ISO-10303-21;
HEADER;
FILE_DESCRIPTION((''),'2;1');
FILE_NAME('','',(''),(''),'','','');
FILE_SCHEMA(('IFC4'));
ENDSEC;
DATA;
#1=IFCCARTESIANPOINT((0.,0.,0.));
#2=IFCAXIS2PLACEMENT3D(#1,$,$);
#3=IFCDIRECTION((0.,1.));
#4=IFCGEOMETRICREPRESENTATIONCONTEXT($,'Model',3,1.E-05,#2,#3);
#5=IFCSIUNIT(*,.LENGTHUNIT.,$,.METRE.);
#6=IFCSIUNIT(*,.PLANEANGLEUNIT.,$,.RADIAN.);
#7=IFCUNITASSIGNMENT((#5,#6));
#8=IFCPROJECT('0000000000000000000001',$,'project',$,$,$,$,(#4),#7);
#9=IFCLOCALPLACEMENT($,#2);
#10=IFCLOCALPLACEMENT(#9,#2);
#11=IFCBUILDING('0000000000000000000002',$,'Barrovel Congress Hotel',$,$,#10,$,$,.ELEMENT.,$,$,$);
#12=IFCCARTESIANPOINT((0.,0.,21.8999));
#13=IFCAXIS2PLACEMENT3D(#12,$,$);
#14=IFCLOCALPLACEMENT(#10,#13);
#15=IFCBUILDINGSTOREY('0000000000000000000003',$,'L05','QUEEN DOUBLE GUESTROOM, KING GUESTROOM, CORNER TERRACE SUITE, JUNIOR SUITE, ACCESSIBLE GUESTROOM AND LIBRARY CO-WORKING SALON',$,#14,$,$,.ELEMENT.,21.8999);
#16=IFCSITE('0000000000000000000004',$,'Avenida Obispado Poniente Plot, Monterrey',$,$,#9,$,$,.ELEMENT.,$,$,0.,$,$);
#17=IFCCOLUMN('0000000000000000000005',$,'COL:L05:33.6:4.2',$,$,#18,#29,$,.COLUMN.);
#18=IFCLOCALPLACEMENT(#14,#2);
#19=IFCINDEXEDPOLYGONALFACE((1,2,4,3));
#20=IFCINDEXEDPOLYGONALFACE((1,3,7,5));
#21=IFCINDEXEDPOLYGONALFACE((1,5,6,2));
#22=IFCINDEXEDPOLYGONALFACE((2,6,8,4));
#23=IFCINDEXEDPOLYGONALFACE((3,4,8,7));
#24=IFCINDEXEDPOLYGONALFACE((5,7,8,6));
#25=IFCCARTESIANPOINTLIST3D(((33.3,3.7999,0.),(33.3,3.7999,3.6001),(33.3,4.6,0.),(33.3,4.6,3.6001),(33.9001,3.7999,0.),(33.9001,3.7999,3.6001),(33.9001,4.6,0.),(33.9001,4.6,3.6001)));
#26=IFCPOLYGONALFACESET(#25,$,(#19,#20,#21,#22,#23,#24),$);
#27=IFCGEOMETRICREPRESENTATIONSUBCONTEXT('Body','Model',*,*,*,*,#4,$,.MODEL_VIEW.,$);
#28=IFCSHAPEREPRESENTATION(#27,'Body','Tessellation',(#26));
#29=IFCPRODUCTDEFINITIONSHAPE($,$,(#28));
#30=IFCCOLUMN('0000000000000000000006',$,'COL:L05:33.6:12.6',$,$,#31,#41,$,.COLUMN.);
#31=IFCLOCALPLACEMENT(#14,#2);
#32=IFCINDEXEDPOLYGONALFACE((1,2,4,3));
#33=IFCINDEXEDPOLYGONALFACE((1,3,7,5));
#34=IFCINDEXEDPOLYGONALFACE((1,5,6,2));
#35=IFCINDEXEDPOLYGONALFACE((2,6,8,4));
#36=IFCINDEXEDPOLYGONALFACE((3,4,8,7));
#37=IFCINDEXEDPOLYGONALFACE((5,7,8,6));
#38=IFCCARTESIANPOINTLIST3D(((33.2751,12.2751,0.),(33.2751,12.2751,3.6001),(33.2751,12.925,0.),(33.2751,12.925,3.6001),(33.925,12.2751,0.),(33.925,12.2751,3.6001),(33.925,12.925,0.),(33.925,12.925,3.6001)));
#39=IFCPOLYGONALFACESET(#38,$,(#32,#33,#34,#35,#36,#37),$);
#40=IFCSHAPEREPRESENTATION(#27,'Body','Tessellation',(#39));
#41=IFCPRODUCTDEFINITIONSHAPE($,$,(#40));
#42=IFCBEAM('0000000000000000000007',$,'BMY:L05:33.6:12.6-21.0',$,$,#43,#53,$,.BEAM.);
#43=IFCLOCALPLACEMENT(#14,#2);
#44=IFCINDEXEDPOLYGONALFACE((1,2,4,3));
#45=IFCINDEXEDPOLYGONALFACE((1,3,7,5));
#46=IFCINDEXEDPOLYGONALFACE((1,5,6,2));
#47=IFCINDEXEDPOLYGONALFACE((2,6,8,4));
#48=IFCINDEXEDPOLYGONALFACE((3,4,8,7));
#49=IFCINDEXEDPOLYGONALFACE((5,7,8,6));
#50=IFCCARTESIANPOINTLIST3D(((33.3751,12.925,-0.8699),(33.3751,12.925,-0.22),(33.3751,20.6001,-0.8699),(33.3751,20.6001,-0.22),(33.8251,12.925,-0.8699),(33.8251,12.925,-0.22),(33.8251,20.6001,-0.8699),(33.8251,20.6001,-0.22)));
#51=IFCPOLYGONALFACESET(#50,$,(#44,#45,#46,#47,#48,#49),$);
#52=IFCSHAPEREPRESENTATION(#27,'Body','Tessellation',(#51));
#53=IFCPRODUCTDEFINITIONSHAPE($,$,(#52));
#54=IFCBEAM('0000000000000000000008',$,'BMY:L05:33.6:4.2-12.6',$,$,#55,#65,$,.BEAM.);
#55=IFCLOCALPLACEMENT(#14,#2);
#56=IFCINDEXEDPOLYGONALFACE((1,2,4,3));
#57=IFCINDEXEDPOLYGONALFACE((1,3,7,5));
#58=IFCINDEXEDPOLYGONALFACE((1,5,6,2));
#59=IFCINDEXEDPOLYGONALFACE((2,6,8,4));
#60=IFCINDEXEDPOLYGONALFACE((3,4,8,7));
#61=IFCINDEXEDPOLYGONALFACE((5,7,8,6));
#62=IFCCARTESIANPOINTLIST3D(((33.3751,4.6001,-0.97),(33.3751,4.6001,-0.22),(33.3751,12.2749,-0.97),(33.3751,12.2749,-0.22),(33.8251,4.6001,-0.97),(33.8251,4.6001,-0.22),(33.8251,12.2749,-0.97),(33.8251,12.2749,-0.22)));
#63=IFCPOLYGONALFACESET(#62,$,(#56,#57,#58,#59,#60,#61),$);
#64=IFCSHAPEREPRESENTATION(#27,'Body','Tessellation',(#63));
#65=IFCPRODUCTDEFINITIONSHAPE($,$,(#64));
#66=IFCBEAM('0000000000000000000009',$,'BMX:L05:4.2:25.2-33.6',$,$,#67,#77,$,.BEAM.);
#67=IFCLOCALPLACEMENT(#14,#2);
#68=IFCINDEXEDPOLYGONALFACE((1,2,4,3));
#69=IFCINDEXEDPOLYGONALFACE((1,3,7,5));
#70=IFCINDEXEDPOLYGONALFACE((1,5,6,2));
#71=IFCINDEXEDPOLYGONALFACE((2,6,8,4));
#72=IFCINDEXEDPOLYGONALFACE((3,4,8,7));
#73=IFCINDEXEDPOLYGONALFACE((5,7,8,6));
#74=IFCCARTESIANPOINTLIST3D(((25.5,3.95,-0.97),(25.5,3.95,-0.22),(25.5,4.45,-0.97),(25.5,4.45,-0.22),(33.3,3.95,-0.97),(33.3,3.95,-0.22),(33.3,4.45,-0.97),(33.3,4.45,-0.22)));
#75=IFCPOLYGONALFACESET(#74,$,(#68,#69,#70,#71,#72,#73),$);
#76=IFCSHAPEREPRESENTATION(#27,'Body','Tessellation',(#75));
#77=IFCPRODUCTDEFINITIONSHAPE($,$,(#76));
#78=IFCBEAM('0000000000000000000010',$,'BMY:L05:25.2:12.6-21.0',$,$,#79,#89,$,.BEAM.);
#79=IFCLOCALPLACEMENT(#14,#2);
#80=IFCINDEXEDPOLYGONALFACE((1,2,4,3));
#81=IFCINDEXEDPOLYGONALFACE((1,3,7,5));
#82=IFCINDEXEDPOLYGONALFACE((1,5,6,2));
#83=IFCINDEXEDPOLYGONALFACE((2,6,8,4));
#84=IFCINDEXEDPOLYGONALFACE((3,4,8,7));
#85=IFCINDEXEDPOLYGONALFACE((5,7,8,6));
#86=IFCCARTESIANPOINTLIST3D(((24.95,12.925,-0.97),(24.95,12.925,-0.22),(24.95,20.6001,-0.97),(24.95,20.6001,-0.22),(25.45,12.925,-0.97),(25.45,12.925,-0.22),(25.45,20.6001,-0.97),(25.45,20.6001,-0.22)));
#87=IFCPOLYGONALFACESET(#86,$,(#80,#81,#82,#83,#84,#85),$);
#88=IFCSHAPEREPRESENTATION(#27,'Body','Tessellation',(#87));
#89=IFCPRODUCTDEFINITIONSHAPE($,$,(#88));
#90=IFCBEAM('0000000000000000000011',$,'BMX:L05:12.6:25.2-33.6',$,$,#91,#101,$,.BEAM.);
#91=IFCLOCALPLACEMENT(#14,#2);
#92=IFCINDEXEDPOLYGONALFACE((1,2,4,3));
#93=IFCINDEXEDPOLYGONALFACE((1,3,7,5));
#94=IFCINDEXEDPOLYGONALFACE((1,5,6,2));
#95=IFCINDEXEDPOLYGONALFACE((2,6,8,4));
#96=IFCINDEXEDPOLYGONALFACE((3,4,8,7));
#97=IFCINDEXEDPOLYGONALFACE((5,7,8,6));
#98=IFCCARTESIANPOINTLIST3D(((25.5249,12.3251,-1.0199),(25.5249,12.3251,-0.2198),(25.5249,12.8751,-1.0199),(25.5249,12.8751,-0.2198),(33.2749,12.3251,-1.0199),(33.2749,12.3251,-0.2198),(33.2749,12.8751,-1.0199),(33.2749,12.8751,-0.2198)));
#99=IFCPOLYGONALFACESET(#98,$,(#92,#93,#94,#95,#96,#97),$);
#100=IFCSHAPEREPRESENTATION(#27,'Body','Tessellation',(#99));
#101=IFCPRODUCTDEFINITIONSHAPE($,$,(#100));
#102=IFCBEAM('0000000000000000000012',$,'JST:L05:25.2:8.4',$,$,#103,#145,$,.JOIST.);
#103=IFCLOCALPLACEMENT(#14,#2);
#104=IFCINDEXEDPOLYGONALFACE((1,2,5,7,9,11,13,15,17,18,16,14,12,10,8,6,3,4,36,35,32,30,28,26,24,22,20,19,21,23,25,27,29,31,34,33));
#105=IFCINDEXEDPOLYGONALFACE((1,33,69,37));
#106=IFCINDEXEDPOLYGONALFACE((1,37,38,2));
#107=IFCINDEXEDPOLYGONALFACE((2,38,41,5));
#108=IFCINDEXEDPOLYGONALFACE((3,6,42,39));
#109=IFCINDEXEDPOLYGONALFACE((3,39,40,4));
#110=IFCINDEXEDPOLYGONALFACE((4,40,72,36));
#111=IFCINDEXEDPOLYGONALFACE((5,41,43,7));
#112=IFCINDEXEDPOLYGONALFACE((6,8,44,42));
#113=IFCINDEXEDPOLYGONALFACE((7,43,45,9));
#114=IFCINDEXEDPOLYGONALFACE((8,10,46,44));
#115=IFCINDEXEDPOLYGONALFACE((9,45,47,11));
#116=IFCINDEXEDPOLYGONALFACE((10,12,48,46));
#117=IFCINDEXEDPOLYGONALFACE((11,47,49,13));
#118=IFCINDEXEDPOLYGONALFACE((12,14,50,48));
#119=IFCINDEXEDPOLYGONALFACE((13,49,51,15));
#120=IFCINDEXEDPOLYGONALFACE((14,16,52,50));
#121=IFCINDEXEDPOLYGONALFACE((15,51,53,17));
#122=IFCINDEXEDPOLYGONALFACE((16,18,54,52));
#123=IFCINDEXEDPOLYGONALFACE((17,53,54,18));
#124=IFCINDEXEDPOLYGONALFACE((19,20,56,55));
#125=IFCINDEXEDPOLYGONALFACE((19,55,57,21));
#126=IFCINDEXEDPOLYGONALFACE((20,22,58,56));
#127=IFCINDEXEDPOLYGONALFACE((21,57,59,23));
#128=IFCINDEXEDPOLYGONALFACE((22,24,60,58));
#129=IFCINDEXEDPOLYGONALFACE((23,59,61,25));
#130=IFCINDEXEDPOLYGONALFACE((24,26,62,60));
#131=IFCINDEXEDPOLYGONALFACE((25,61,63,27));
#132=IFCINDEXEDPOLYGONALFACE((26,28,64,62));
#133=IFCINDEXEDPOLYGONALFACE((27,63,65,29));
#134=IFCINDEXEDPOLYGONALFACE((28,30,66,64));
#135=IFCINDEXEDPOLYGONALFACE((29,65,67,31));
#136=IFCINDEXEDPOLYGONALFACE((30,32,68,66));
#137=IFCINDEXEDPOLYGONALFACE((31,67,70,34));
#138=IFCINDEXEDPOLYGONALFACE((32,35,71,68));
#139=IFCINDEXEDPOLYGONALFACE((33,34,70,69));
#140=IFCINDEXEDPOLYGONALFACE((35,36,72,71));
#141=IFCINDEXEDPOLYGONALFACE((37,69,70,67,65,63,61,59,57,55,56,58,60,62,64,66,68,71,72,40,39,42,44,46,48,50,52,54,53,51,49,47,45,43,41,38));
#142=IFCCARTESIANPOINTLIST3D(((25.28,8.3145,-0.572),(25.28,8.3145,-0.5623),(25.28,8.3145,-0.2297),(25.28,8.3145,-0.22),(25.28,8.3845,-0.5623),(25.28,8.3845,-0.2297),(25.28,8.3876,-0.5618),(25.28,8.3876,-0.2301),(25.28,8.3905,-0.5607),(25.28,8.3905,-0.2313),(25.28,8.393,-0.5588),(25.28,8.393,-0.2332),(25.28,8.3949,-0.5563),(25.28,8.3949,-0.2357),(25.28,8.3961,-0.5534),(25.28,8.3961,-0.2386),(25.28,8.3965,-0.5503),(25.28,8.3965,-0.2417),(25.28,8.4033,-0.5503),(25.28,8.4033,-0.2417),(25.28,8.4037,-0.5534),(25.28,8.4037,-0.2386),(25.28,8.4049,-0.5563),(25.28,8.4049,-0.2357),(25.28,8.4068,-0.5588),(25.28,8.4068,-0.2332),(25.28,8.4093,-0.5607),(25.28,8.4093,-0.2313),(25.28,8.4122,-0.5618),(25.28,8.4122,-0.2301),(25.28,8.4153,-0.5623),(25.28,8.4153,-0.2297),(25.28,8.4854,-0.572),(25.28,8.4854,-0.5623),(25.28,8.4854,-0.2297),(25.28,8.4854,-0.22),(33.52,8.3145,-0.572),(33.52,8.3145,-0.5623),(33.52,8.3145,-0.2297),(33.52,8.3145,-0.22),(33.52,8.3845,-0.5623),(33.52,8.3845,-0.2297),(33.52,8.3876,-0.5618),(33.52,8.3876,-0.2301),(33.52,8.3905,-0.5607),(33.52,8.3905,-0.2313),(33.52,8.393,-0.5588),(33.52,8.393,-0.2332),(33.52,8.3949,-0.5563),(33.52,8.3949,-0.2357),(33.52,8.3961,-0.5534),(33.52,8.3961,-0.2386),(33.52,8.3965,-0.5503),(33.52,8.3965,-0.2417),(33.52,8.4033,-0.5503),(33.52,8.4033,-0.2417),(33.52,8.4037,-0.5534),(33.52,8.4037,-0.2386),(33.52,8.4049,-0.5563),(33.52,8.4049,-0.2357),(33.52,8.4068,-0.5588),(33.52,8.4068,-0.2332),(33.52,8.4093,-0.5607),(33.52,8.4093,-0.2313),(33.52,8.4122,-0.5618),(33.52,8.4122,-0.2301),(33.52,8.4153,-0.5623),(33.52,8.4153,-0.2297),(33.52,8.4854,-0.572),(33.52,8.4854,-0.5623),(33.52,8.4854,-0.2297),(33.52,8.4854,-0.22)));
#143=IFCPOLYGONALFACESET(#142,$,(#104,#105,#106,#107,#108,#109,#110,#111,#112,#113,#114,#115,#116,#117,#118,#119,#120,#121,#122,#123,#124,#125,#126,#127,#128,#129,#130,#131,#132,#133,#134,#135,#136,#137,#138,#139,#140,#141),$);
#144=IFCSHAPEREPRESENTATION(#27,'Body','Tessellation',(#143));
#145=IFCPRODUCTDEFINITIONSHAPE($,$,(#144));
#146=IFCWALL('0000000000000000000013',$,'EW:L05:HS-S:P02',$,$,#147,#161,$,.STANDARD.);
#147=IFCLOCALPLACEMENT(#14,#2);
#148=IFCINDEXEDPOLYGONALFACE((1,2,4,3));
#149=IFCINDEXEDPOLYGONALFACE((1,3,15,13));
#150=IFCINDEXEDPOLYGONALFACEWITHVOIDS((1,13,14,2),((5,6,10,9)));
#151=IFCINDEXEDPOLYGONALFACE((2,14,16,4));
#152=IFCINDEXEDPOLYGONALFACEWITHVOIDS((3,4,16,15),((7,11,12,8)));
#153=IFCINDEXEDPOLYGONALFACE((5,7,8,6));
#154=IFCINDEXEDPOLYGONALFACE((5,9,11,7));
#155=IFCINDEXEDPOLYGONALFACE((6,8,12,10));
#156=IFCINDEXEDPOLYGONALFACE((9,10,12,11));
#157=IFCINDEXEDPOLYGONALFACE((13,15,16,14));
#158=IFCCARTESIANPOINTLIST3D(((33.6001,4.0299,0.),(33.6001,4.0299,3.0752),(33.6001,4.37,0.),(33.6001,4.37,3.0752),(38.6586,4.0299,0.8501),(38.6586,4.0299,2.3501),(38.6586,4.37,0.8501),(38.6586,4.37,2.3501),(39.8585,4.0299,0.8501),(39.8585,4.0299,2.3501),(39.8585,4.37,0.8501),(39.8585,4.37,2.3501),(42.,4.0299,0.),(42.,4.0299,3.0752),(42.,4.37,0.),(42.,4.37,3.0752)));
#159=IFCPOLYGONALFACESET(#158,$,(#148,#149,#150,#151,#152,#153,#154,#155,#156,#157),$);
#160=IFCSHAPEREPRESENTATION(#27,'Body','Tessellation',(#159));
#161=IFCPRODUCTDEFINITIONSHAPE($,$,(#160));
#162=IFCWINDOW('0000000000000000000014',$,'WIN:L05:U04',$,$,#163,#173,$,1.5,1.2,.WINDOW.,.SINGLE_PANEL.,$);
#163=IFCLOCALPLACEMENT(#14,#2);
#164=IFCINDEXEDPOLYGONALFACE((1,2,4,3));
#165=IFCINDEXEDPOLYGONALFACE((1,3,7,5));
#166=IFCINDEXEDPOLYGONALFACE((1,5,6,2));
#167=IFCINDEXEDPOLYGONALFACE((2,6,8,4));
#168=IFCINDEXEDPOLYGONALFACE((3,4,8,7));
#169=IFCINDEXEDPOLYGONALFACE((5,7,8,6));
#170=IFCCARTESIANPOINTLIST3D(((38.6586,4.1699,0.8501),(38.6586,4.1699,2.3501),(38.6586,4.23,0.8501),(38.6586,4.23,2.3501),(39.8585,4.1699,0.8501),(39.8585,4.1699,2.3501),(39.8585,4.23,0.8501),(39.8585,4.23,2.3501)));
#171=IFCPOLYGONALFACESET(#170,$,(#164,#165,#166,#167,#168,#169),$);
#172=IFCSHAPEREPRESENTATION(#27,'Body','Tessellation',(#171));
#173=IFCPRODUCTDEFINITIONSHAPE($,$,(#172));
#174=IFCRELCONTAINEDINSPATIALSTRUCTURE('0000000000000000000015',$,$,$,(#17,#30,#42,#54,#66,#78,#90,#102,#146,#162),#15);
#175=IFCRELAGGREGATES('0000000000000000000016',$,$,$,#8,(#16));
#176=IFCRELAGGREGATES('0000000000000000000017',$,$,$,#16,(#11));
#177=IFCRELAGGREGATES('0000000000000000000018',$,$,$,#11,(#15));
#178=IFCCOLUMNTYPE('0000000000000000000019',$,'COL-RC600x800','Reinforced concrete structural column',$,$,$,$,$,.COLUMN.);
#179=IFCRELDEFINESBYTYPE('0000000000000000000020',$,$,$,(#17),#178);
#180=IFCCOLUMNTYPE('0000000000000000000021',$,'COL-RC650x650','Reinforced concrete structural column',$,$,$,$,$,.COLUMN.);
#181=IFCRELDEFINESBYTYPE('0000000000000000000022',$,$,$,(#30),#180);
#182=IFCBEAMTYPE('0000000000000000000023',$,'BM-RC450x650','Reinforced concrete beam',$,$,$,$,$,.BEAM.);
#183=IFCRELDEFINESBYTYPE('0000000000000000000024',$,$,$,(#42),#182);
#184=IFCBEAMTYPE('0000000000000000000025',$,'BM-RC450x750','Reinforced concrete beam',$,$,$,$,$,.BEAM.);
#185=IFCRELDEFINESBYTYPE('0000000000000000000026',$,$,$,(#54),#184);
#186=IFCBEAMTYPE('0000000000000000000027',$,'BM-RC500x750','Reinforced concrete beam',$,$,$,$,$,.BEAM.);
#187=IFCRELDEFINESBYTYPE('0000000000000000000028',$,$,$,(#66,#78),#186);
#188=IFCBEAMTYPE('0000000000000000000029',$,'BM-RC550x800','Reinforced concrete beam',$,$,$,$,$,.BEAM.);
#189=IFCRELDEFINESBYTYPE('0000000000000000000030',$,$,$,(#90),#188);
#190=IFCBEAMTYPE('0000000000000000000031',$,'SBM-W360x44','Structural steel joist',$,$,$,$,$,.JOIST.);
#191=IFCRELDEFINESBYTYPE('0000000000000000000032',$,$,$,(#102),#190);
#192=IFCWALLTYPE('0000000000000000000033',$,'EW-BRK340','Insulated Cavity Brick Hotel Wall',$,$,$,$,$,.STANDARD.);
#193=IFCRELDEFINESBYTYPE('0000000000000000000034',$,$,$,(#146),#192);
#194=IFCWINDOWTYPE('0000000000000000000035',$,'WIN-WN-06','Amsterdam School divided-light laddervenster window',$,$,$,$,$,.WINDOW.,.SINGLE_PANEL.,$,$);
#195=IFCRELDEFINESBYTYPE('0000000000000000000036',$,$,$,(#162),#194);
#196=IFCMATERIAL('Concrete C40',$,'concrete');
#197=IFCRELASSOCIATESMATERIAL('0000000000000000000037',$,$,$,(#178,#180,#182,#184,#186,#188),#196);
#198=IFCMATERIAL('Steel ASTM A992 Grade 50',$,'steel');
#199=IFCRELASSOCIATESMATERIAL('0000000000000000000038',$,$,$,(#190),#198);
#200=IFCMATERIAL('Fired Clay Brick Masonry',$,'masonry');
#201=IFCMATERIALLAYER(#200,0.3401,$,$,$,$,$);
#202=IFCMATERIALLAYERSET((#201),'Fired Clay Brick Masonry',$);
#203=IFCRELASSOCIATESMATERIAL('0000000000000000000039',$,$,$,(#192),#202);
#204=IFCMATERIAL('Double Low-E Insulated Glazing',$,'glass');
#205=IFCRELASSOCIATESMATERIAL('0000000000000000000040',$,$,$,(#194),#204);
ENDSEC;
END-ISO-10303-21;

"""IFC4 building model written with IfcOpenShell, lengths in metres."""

from ifc_helpers import new_model, si_unit, direction, frame, frame_2d, origin, origin_2d, place, context, subcontext, project, spatial, rectangle, i_section, extrude, material, layer, layer_set, material_profile, profile_set, type_object, element, fill, save


model = new_model("IFC4")

# Units and contexts
model_context = context("Model", 3, precision=1e-05, world=origin(), true_north=direction((0.0, 1.0)))
body_context = subcontext(model_context, "Body", "Model", "MODEL_VIEW")
ifc_project = project(units=[si_unit("LENGTHUNIT", "METRE"), si_unit("PLANEANGLEUNIT", "RADIAN")], contexts=[model_context])

# Site, building, storey
site_placement = place(None, origin())
site = spatial("IfcSite", under=ifc_project, at=site_placement, Name="Avenida Obispado Poniente Plot, Monterrey", CompositionType="ELEMENT", RefElevation=0.0)
building_placement = place(site_placement, origin())
building = spatial("IfcBuilding", under=site, at=building_placement, Name="Barrovel Congress Hotel", CompositionType="ELEMENT")
storey_placement = place(building_placement, frame((0.0, 0.0, 21.8999)))
storey = spatial("IfcBuildingStorey", under=building, at=storey_placement, Name="L05", Description="QUEEN DOUBLE GUESTROOM, KING GUESTROOM, CORNER TERRACE SUITE, JUNIOR SUITE, ACCESSIBLE GUESTROOM AND LIBRARY CO-WORKING SALON", CompositionType="ELEMENT", Elevation=21.8999)

# Columns
ifc_material_1 = material(Name="Concrete C40", Category="concrete")
ifc_material_profile_1 = material_profile(ifc_material_1, rectangle(XDim=0.6001, YDim=0.8, at=origin_2d()), Name="RC600x800")
ifc_profile_set_1 = profile_set([ifc_material_profile_1], Name="Concrete C40")
column_type_1 = type_object("IfcColumnType", Name="COL-RC600x800", Description="Reinforced concrete structural column", PredefinedType="COLUMN", material=ifc_profile_set_1)
column_1_placement = place(storey_placement, frame((33.6001, 4.2, 0.0), z_axis=(0.0, 0.0, 1.0), x_axis=(1.0, 0.0, 0.0)))
element("IfcColumn", 1, at=column_1_placement, inside=storey, type_object=column_type_1, Name="COL:L05:33.6:4.2", PredefinedType="COLUMN", context=body_context, shape_type="SweptSolid", body=[
    extrude(rectangle(XDim=0.6001, YDim=0.8, at=origin_2d()), origin(), (0.0, 0.0, 1.0), 3.6001),
])
ifc_material_profile_2 = material_profile(ifc_material_1, rectangle(XDim=0.6499, YDim=0.6499, at=origin_2d()), Name="RC650x650")
ifc_profile_set_2 = profile_set([ifc_material_profile_2], Name="Concrete C40")
column_type_2 = type_object("IfcColumnType", Name="COL-RC650x650", Description="Reinforced concrete structural column", PredefinedType="COLUMN", material=ifc_profile_set_2)
column_2_placement = place(storey_placement, frame((33.6001, 12.6001, 0.0), z_axis=(0.0, 0.0, 1.0), x_axis=(1.0, 0.0, 0.0)))
element("IfcColumn", 2, at=column_2_placement, inside=storey, type_object=column_type_2, Name="COL:L05:33.6:12.6", PredefinedType="COLUMN", context=body_context, shape_type="SweptSolid", body=[
    extrude(rectangle(XDim=0.6499, YDim=0.6499, at=origin_2d()), origin(), (0.0, 0.0, 1.0), 3.6001),
])

# Beams
ifc_material_profile_3 = material_profile(ifc_material_1, rectangle(XDim=0.45, YDim=0.6499, at=origin_2d()), Name="RC450x650")
ifc_profile_set_3 = profile_set([ifc_material_profile_3], Name="Concrete C40")
beam_type_1 = type_object("IfcBeamType", Name="BM-RC450x650", Description="Reinforced concrete beam", PredefinedType="BEAM", material=ifc_profile_set_3)
beam_1_placement = place(storey_placement, frame((33.6001, 12.925, -0.5449), z_axis=(0.0, 1.0, 0.0), x_axis=(-1.0, 0.0, 0.0)))
element("IfcBeam", 3, at=beam_1_placement, inside=storey, type_object=beam_type_1, Name="BMY:L05:33.6:12.6-21.0", PredefinedType="BEAM", context=body_context, shape_type="SweptSolid", body=[
    extrude(rectangle(XDim=0.45, YDim=0.6499, at=origin_2d()), origin(), (0.0, 0.0, 1.0), 7.675),
])
ifc_material_profile_4 = material_profile(ifc_material_1, rectangle(XDim=0.45, YDim=0.75, at=origin_2d()), Name="RC450x750")
ifc_profile_set_4 = profile_set([ifc_material_profile_4], Name="Concrete C40")
beam_type_2 = type_object("IfcBeamType", Name="BM-RC450x750", Description="Reinforced concrete beam", PredefinedType="BEAM", material=ifc_profile_set_4)
beam_2_placement = place(storey_placement, frame((33.6001, 4.6001, -0.595), z_axis=(0.0, 1.0, 0.0), x_axis=(-1.0, 0.0, 0.0)))
element("IfcBeam", 4, at=beam_2_placement, inside=storey, type_object=beam_type_2, Name="BMY:L05:33.6:4.2-12.6", PredefinedType="BEAM", context=body_context, shape_type="SweptSolid", body=[
    extrude(rectangle(XDim=0.45, YDim=0.75, at=origin_2d()), origin(), (0.0, 0.0, 1.0), 7.6748),
])
ifc_material_profile_5 = material_profile(ifc_material_1, rectangle(XDim=0.5, YDim=0.75, at=origin_2d()), Name="RC500x750")
ifc_profile_set_5 = profile_set([ifc_material_profile_5], Name="Concrete C40")
beam_type_3 = type_object("IfcBeamType", Name="BM-RC500x750", Description="Reinforced concrete beam", PredefinedType="BEAM", material=ifc_profile_set_5)
beam_3_placement = place(storey_placement, frame((25.5, 4.2, -0.595), z_axis=(1.0, 0.0, 0.0), x_axis=(0.0, 1.0, 0.0)))
element("IfcBeam", 5, at=beam_3_placement, inside=storey, type_object=beam_type_3, Name="BMX:L05:4.2:25.2-33.6", PredefinedType="BEAM", context=body_context, shape_type="SweptSolid", body=[
    extrude(rectangle(XDim=0.5, YDim=0.75, at=origin_2d()), origin(), (0.0, 0.0, 1.0), 7.8),
])
beam_4_placement = place(storey_placement, frame((25.2, 12.925, -0.595), z_axis=(0.0, 1.0, 0.0), x_axis=(-1.0, 0.0, 0.0)))
element("IfcBeam", 6, at=beam_4_placement, inside=storey, type_object=beam_type_3, Name="BMY:L05:25.2:12.6-21.0", PredefinedType="BEAM", context=body_context, shape_type="SweptSolid", body=[
    extrude(rectangle(XDim=0.5, YDim=0.75, at=origin_2d()), origin(), (0.0, 0.0, 1.0), 7.675),
])
ifc_material_profile_6 = material_profile(ifc_material_1, rectangle(XDim=0.55, YDim=0.8, at=origin_2d()), Name="RC550x800")
ifc_profile_set_6 = profile_set([ifc_material_profile_6], Name="Concrete C40")
beam_type_4 = type_object("IfcBeamType", Name="BM-RC550x800", Description="Reinforced concrete beam", PredefinedType="BEAM", material=ifc_profile_set_6)
beam_5_placement = place(storey_placement, frame((25.5249, 12.6001, -0.6199), z_axis=(1.0, 0.0, 0.0), x_axis=(0.0, 1.0, 0.0)))
element("IfcBeam", 7, at=beam_5_placement, inside=storey, type_object=beam_type_4, Name="BMX:L05:12.6:25.2-33.6", PredefinedType="BEAM", context=body_context, shape_type="SweptSolid", body=[
    extrude(rectangle(XDim=0.55, YDim=0.8, at=origin_2d()), origin(), (0.0, 0.0, 1.0), 7.75),
])
ifc_material_2 = material(Name="Steel ASTM A992 Grade 50", Category="steel")
ifc_material_profile_7 = material_profile(ifc_material_2, i_section(OverallWidth=0.1709, OverallDepth=0.3521, WebThickness=0.0068, FlangeThickness=0.0098, FilletRadius=0.012, at=origin_2d()), Name="W360x44")
ifc_profile_set_7 = profile_set([ifc_material_profile_7], Name="Steel ASTM A992 Grade 50")
beam_type_5 = type_object("IfcBeamType", Name="SBM-W360x44", Description="Structural steel joist", PredefinedType="JOIST", material=ifc_profile_set_7)
beam_6_placement = place(storey_placement, frame((25.28, 8.3999, -0.396), z_axis=(1.0, 0.0, 0.0), x_axis=(0.0, 1.0, 0.0)))
element("IfcBeam", 8, at=beam_6_placement, inside=storey, type_object=beam_type_5, Name="JST:L05:25.2:8.4", PredefinedType="JOIST", context=body_context, shape_type="SweptSolid", body=[
    extrude(i_section(OverallWidth=0.1709, OverallDepth=0.3521, WebThickness=0.0068, FlangeThickness=0.0098, FilletRadius=0.012, at=origin_2d()), origin(), (0.0, 0.0, 1.0), 8.24),
])

# Wall, opening, window
ifc_material_3 = material(Name="Fired Clay Brick Masonry", Category="masonry")
ifc_layer_1 = layer(ifc_material_3, 0.3401)
ifc_layer_set_1 = layer_set([ifc_layer_1], Name="Fired Clay Brick Masonry")
wall_type_1 = type_object("IfcWallType", Name="EW-BRK340", Description="Insulated Cavity Brick Hotel Wall", PredefinedType="STANDARD", material=ifc_layer_set_1)
wall_1_placement = place(storey_placement, frame((33.6001, 4.2, 0.0), z_axis=(0.0, 0.0, 1.0), x_axis=(1.0, 0.0, 0.0)))
wall_1 = element("IfcWall", 9, at=wall_1_placement, inside=storey, type_object=wall_type_1, Name="EW:L05:HS-S:P02", PredefinedType="STANDARD", context=body_context, shape_type="SweptSolid", body=[
    extrude(rectangle(XDim=8.3999, YDim=0.3401, at=frame_2d((4.2, 0.0))), origin(), (0.0, 0.0, 1.0), 3.0752),
])
opening_1_placement = place(wall_1_placement, frame((5.0583, 0.0, 0.8501)))
opening_1 = element("IfcOpeningElement", 10, at=opening_1_placement, cuts=wall_1, PredefinedType="OPENING", context=body_context, shape_type="SweptSolid", body=[
    extrude(rectangle(XDim=1.2, YDim=1.5, at=frame_2d((0.6001, 0.75))), frame((0.0, 0.1802, 0.0), z_axis=(0.0, -1.0, 0.0), x_axis=(1.0, 0.0, 0.0)), (0.0, 0.0, 1.0), 0.3601),
])
ifc_material_4 = material(Name="Double Low-E Insulated Glazing", Category="glass")
window_type = type_object("IfcWindowType", Name="WIN-WN-06", Description="Amsterdam School divided-light laddervenster window", PartitioningType="SINGLE_PANEL", PredefinedType="WINDOW", material=ifc_material_4)
window_placement = place(opening_1_placement, origin())
window = element("IfcWindow", 11, at=window_placement, inside=storey, type_object=window_type, Name="WIN:L05:U04", OverallHeight=1.5, OverallWidth=1.2, PartitioningType="SINGLE_PANEL", PredefinedType="WINDOW", context=body_context, shape_type="SweptSolid", body=[
    extrude(rectangle(XDim=1.2, YDim=1.5, at=frame_2d((0.6001, 0.75))), frame((0.0, 0.03, 0.0), z_axis=(0.0, -1.0, 0.0), x_axis=(1.0, 0.0, 0.0)), (0.0, 0.0, 1.0), 0.0601),
])
fill(opening_1, window)

save(model, "model.ifc")
